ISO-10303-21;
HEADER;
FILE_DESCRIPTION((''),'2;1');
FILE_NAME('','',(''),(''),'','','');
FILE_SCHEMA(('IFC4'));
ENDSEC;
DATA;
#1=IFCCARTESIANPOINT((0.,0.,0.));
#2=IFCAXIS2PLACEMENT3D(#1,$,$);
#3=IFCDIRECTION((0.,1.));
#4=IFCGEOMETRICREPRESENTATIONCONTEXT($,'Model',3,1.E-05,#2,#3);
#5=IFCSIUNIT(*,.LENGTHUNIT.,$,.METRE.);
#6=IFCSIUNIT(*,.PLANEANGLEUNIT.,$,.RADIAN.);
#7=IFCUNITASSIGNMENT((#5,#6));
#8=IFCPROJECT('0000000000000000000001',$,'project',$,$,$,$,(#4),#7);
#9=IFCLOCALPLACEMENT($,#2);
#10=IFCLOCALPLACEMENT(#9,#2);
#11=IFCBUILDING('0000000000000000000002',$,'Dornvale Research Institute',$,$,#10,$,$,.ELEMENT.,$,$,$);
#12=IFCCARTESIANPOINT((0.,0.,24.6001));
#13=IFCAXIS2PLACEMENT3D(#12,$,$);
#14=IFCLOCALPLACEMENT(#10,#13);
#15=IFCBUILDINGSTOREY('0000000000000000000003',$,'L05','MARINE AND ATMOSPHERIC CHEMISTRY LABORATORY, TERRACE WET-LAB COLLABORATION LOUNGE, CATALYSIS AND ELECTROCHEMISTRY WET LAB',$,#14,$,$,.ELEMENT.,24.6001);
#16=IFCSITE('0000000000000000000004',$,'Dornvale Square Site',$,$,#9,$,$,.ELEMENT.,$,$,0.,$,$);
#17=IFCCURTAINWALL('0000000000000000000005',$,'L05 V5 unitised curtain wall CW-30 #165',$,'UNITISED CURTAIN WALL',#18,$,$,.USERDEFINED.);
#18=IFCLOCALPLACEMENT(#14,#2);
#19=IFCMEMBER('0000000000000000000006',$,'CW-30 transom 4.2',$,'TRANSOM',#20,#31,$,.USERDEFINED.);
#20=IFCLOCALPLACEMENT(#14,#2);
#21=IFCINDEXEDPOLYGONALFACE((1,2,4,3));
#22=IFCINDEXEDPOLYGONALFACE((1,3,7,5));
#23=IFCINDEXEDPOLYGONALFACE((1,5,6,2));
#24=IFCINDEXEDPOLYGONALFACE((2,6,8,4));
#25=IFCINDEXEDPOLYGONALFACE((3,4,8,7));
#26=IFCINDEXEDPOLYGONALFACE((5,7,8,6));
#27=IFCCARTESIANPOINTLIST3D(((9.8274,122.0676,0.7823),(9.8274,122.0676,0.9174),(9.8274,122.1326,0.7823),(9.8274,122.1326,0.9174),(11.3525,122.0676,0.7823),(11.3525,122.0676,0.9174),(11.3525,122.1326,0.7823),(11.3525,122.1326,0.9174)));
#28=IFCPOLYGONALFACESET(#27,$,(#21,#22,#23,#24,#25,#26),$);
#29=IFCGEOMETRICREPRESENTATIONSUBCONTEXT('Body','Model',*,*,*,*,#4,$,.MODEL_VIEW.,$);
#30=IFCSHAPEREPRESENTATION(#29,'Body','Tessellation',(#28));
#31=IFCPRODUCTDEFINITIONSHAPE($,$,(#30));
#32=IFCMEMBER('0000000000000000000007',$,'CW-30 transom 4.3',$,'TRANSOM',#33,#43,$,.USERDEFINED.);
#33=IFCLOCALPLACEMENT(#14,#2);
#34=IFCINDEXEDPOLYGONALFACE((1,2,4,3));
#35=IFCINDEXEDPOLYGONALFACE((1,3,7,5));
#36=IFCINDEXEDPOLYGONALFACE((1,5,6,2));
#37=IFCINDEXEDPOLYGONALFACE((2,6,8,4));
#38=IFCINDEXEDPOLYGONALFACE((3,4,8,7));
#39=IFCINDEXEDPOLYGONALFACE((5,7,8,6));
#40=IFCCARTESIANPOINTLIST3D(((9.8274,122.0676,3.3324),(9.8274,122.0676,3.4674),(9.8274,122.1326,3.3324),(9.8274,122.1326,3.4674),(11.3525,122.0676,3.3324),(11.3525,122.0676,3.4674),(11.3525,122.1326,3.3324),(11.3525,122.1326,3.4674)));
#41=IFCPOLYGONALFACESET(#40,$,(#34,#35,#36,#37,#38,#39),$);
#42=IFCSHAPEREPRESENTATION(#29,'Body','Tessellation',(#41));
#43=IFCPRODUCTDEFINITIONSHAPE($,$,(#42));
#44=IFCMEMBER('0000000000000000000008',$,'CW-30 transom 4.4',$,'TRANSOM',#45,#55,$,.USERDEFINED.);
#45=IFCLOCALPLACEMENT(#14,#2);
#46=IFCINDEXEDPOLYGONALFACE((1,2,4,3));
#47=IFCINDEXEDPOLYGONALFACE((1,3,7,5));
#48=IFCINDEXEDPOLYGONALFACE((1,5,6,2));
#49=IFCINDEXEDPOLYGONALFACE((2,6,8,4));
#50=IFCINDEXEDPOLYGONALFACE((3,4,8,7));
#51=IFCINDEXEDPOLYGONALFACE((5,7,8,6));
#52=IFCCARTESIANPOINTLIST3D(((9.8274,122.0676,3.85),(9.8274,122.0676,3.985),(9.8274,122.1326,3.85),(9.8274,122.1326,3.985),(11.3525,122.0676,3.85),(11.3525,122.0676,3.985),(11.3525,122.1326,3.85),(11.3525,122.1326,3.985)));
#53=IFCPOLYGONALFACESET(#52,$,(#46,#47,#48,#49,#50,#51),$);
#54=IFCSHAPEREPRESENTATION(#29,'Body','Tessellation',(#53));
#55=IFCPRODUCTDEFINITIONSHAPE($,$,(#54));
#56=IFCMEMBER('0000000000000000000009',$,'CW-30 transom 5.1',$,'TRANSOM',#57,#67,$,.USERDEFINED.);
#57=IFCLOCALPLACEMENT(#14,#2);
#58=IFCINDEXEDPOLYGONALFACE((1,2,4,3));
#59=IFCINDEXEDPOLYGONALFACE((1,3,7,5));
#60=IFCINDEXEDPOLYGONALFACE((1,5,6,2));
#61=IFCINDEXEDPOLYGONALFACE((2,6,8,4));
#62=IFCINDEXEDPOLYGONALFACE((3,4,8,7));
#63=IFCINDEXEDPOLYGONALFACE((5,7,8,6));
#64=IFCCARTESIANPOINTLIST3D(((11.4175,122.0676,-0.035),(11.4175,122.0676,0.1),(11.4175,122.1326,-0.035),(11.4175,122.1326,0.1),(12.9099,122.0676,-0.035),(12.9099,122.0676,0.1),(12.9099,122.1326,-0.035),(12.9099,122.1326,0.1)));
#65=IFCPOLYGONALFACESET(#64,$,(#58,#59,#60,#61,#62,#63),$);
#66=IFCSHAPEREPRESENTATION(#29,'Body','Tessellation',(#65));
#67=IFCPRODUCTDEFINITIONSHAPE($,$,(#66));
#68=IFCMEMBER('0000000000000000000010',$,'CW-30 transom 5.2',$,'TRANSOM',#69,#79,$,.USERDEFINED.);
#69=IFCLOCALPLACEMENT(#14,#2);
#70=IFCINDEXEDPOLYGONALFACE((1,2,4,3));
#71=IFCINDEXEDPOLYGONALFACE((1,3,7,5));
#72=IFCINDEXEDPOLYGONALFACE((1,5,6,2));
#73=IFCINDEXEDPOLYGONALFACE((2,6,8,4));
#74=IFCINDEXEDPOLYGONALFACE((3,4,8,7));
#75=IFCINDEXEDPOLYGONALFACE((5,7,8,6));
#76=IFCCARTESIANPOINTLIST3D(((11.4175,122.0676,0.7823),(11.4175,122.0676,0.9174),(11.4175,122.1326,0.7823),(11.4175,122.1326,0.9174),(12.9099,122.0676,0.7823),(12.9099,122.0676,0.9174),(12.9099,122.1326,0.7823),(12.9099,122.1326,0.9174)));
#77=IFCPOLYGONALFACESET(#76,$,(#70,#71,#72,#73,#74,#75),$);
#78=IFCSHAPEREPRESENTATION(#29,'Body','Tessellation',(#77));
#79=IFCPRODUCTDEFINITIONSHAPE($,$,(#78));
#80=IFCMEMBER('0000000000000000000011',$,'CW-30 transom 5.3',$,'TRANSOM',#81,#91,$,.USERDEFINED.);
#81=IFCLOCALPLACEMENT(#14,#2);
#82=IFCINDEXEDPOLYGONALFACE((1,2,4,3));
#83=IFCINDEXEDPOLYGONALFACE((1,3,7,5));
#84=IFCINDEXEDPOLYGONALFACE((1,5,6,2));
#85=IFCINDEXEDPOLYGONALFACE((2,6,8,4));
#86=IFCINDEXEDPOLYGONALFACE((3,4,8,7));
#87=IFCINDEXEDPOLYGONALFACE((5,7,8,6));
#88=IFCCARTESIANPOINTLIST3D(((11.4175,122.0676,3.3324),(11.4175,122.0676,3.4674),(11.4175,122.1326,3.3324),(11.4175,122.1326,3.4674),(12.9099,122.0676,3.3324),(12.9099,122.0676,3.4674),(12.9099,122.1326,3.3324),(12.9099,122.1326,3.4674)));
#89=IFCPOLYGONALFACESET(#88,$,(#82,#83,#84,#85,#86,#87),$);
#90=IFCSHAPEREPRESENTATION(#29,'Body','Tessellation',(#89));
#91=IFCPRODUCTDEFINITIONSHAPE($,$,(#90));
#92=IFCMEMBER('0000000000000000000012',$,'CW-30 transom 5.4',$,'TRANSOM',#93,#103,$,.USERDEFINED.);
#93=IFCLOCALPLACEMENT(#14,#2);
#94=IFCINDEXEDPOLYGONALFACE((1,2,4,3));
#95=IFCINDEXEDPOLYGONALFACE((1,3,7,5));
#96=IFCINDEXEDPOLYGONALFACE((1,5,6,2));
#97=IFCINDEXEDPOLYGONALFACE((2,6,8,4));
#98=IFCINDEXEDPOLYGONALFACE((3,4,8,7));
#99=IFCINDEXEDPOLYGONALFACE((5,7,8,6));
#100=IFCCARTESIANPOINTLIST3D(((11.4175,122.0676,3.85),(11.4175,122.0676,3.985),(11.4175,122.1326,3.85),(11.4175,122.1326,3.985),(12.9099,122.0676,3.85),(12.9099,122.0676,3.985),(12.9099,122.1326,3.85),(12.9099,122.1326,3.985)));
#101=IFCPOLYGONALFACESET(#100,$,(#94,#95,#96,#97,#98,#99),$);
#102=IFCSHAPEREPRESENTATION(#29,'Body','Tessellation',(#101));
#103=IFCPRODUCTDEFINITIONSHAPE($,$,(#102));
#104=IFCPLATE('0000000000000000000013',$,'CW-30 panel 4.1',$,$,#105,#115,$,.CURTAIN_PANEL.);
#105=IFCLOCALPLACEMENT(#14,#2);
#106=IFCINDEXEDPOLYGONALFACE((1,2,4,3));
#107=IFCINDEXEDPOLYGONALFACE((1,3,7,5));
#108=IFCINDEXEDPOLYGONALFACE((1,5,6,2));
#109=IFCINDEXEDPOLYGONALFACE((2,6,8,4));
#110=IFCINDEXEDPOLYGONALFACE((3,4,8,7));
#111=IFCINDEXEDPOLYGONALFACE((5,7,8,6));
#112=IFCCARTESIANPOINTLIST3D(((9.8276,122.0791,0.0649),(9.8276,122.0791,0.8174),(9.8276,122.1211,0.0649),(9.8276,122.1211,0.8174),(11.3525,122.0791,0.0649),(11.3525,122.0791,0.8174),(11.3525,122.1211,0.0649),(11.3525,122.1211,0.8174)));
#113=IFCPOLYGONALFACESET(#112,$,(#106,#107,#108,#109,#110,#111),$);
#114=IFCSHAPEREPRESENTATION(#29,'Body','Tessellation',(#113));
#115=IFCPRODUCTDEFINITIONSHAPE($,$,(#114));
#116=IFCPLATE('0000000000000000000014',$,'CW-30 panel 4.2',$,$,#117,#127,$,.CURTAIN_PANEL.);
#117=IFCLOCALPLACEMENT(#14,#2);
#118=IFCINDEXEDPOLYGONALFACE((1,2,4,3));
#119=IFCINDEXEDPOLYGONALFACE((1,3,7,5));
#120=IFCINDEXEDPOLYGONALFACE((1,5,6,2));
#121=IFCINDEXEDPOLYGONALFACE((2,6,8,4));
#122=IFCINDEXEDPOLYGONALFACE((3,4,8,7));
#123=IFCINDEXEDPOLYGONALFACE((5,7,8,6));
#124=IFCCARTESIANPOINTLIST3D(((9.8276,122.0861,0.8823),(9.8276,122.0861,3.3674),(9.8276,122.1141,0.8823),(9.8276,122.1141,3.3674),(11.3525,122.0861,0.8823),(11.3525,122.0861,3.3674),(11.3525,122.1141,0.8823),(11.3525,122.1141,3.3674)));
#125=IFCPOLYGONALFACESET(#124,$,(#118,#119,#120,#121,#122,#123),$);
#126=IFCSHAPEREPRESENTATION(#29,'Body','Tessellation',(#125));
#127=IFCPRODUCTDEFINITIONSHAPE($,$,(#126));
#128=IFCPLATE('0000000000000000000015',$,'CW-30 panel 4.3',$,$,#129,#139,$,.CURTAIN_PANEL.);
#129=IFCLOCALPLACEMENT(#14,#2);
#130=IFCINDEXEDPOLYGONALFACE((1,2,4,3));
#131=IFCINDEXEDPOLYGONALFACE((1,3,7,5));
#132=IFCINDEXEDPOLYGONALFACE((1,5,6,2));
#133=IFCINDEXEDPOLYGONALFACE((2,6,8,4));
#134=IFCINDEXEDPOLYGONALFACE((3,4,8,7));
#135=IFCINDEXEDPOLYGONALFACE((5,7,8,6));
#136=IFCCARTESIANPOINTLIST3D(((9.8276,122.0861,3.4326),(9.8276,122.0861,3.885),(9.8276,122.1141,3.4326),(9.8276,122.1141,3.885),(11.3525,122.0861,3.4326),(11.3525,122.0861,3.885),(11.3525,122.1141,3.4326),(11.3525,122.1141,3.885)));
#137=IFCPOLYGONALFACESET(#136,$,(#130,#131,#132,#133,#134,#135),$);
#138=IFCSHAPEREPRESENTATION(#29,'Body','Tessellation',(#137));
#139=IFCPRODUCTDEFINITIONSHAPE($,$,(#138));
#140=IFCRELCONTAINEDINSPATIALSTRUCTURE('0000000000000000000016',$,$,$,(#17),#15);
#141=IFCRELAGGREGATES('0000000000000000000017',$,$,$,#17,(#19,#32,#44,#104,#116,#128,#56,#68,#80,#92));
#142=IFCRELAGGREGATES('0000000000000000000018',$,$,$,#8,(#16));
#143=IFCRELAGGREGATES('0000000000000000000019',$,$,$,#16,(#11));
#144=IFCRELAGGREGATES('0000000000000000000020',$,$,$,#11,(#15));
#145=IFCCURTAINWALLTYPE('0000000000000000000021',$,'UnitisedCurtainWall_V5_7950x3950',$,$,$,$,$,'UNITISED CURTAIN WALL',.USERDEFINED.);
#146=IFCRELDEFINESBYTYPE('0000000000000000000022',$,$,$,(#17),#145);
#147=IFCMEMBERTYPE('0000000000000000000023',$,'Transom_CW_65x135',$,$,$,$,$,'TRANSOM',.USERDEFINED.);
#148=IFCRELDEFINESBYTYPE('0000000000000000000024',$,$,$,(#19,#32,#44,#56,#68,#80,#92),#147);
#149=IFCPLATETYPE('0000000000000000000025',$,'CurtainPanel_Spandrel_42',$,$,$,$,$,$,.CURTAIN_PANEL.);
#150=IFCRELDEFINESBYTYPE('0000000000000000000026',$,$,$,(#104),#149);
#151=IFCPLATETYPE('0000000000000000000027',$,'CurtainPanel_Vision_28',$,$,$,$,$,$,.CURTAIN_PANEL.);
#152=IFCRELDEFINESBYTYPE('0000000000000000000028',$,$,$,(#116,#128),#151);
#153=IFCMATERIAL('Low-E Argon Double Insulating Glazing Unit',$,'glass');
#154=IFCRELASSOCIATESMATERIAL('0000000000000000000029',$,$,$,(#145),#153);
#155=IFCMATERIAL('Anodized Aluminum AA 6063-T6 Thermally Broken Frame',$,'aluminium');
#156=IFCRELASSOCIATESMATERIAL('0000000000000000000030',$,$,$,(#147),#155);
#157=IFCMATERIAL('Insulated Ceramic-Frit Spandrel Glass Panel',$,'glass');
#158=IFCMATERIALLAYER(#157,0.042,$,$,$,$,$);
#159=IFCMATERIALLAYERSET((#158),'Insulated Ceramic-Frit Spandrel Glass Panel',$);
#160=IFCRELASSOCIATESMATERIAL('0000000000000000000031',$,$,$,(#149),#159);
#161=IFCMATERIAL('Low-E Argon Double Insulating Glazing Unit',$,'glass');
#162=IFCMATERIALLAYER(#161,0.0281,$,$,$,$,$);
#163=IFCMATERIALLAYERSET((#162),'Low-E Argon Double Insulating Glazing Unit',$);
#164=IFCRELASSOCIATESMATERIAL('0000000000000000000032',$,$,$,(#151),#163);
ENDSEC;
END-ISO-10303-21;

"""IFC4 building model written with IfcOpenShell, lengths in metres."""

from ifc_helpers import new_model, si_unit, direction, frame, origin, origin_2d, place, context, subcontext, project, spatial, rectangle, extrude, material, layer, layer_set, material_profile, profile_set, type_object, element, aggregate, save


model = new_model("IFC4")

# Units and contexts
model_context = context("Model", 3, precision=1e-05, world=origin(), true_north=direction((0.0, 1.0)))
body_context = subcontext(model_context, "Body", "Model", "MODEL_VIEW")
ifc_project = project(units=[si_unit("LENGTHUNIT", "METRE"), si_unit("PLANEANGLEUNIT", "RADIAN")], contexts=[model_context])

# Site, building, storey
site_placement = place(None, origin())
site = spatial("IfcSite", under=ifc_project, at=site_placement, Name="Dornvale Square Site", CompositionType="ELEMENT", RefElevation=0.0)
building_placement = place(site_placement, origin())
building = spatial("IfcBuilding", under=site, at=building_placement, Name="Dornvale Research Institute", CompositionType="ELEMENT")
storey_placement = place(building_placement, frame((0.0, 0.0, 24.6001)))
storey = spatial("IfcBuildingStorey", under=building, at=storey_placement, Name="L05", Description="MARINE AND ATMOSPHERIC CHEMISTRY LABORATORY, TERRACE WET-LAB COLLABORATION LOUNGE, CATALYSIS AND ELECTROCHEMISTRY WET LAB", CompositionType="ELEMENT", Elevation=24.6001)

# Curtain wall, members, plates
ifc_material_1 = material(Name="Low-E Argon Double Insulating Glazing Unit", Category="glass")
curtain_wall_type = type_object("IfcCurtainWallType", Name="UnitisedCurtainWall_V5_7950x3950", ElementType="UNITISED CURTAIN WALL", PredefinedType="USERDEFINED", material=ifc_material_1)
curtain_wall_placement = place(storey_placement, origin())
curtain_wall = element("IfcCurtainWall", 1, at=curtain_wall_placement, inside=storey, type_object=curtain_wall_type, Name="L05 V5 unitised curtain wall CW-30 #165", ObjectType="UNITISED CURTAIN WALL", PredefinedType="USERDEFINED")
ifc_material_2 = material(Name="Anodized Aluminum AA 6063-T6 Thermally Broken Frame", Category="aluminium")
ifc_material_profile_1 = material_profile(ifc_material_2, rectangle(XDim=0.0649, YDim=0.135, at=origin_2d()), Name="ALU TRANSOM 65x135")
ifc_profile_set_1 = profile_set([ifc_material_profile_1], Name="Anodized Aluminum AA 6063-T6 Thermally Broken Frame")
member_type_1 = type_object("IfcMemberType", Name="Transom_CW_65x135", ElementType="TRANSOM", PredefinedType="USERDEFINED", material=ifc_profile_set_1)
member_1_placement = place(storey_placement, frame((9.8274, 122.1001, 0.8499), z_axis=(1.0, 0.0, 0.0), x_axis=(0.0, 1.0, 0.0)))
member_1 = element("IfcMember", 2, at=member_1_placement, type_object=member_type_1, Name="CW-30 transom 4.2", ObjectType="TRANSOM", PredefinedType="USERDEFINED", context=body_context, shape_type="SweptSolid", body=[
    extrude(rectangle(XDim=0.0649, YDim=0.135, at=origin_2d()), origin(), (0.0, 0.0, 1.0), 1.5251),
])
member_2_placement = place(storey_placement, frame((9.8274, 122.1001, 3.3999), z_axis=(1.0, 0.0, 0.0), x_axis=(0.0, 1.0, 0.0)))
member_2 = element("IfcMember", 3, at=member_2_placement, type_object=member_type_1, Name="CW-30 transom 4.3", ObjectType="TRANSOM", PredefinedType="USERDEFINED", context=body_context, shape_type="SweptSolid", body=[
    extrude(rectangle(XDim=0.0649, YDim=0.135, at=origin_2d()), origin(), (0.0, 0.0, 1.0), 1.5251),
])
member_3_placement = place(storey_placement, frame((9.8274, 122.1001, 3.9175), z_axis=(1.0, 0.0, 0.0), x_axis=(0.0, 1.0, 0.0)))
member_3 = element("IfcMember", 4, at=member_3_placement, type_object=member_type_1, Name="CW-30 transom 4.4", ObjectType="TRANSOM", PredefinedType="USERDEFINED", context=body_context, shape_type="SweptSolid", body=[
    extrude(rectangle(XDim=0.0649, YDim=0.135, at=origin_2d()), origin(), (0.0, 0.0, 1.0), 1.5251),
])
member_4_placement = place(storey_placement, frame((11.4175, 122.1001, 0.0325), z_axis=(1.0, 0.0, 0.0), x_axis=(0.0, 1.0, 0.0)))
member_4 = element("IfcMember", 5, at=member_4_placement, type_object=member_type_1, Name="CW-30 transom 5.1", ObjectType="TRANSOM", PredefinedType="USERDEFINED", context=body_context, shape_type="SweptSolid", body=[
    extrude(rectangle(XDim=0.0649, YDim=0.135, at=origin_2d()), origin(), (0.0, 0.0, 1.0), 1.4924),
])
member_5_placement = place(storey_placement, frame((11.4175, 122.1001, 0.8499), z_axis=(1.0, 0.0, 0.0), x_axis=(0.0, 1.0, 0.0)))
member_5 = element("IfcMember", 6, at=member_5_placement, type_object=member_type_1, Name="CW-30 transom 5.2", ObjectType="TRANSOM", PredefinedType="USERDEFINED", context=body_context, shape_type="SweptSolid", body=[
    extrude(rectangle(XDim=0.0649, YDim=0.135, at=origin_2d()), origin(), (0.0, 0.0, 1.0), 1.4924),
])
member_6_placement = place(storey_placement, frame((11.4175, 122.1001, 3.3999), z_axis=(1.0, 0.0, 0.0), x_axis=(0.0, 1.0, 0.0)))
member_6 = element("IfcMember", 7, at=member_6_placement, type_object=member_type_1, Name="CW-30 transom 5.3", ObjectType="TRANSOM", PredefinedType="USERDEFINED", context=body_context, shape_type="SweptSolid", body=[
    extrude(rectangle(XDim=0.0649, YDim=0.135, at=origin_2d()), origin(), (0.0, 0.0, 1.0), 1.4924),
])
member_7_placement = place(storey_placement, frame((11.4175, 122.1001, 3.9175), z_axis=(1.0, 0.0, 0.0), x_axis=(0.0, 1.0, 0.0)))
member_7 = element("IfcMember", 8, at=member_7_placement, type_object=member_type_1, Name="CW-30 transom 5.4", ObjectType="TRANSOM", PredefinedType="USERDEFINED", context=body_context, shape_type="SweptSolid", body=[
    extrude(rectangle(XDim=0.0649, YDim=0.135, at=origin_2d()), origin(), (0.0, 0.0, 1.0), 1.4924),
])
ifc_material_3 = material(Name="Insulated Ceramic-Frit Spandrel Glass Panel", Category="glass")
ifc_layer_1 = layer(ifc_material_3, 0.042)
ifc_layer_set_1 = layer_set([ifc_layer_1], Name="Insulated Ceramic-Frit Spandrel Glass Panel")
plate_type_1 = type_object("IfcPlateType", Name="CurtainPanel_Spandrel_42", PredefinedType="CURTAIN_PANEL", material=ifc_layer_set_1)
plate_1_placement = place(storey_placement, frame((10.5901, 122.1001, 0.0649), z_axis=(0.0, 0.0, 1.0), x_axis=(1.0, 0.0, 0.0)))
plate_1 = element("IfcPlate", 9, at=plate_1_placement, type_object=plate_type_1, Name="CW-30 panel 4.1", PredefinedType="CURTAIN_PANEL", context=body_context, shape_type="SweptSolid", body=[
    extrude(rectangle(XDim=1.5249, YDim=0.042, at=origin_2d()), origin(), (0.0, 0.0, 1.0), 0.7524),
])
ifc_material_4 = material(Name="Low-E Argon Double Insulating Glazing Unit", Category="glass")
ifc_layer_2 = layer(ifc_material_4, 0.0281)
ifc_layer_set_2 = layer_set([ifc_layer_2], Name="Low-E Argon Double Insulating Glazing Unit")
plate_type_2 = type_object("IfcPlateType", Name="CurtainPanel_Vision_28", PredefinedType="CURTAIN_PANEL", material=ifc_layer_set_2)
plate_2_placement = place(storey_placement, frame((10.5901, 122.1001, 0.8823), z_axis=(0.0, 0.0, 1.0), x_axis=(1.0, 0.0, 0.0)))
plate_2 = element("IfcPlate", 10, at=plate_2_placement, type_object=plate_type_2, Name="CW-30 panel 4.2", PredefinedType="CURTAIN_PANEL", context=body_context, shape_type="SweptSolid", body=[
    extrude(rectangle(XDim=1.5249, YDim=0.0281, at=origin_2d()), origin(), (0.0, 0.0, 1.0), 2.4851),
])
plate_3_placement = place(storey_placement, frame((10.5901, 122.1001, 3.4326), z_axis=(0.0, 0.0, 1.0), x_axis=(1.0, 0.0, 0.0)))
plate_3 = element("IfcPlate", 11, at=plate_3_placement, type_object=plate_type_2, Name="CW-30 panel 4.3", PredefinedType="CURTAIN_PANEL", context=body_context, shape_type="SweptSolid", body=[
    extrude(rectangle(XDim=1.5249, YDim=0.0281, at=origin_2d()), origin(), (0.0, 0.0, 1.0), 0.4524),
])
aggregate(curtain_wall, [member_1, member_2, member_3, plate_1, plate_2, plate_3, member_4, member_5, member_6, member_7])

save(model, "model.ifc")
